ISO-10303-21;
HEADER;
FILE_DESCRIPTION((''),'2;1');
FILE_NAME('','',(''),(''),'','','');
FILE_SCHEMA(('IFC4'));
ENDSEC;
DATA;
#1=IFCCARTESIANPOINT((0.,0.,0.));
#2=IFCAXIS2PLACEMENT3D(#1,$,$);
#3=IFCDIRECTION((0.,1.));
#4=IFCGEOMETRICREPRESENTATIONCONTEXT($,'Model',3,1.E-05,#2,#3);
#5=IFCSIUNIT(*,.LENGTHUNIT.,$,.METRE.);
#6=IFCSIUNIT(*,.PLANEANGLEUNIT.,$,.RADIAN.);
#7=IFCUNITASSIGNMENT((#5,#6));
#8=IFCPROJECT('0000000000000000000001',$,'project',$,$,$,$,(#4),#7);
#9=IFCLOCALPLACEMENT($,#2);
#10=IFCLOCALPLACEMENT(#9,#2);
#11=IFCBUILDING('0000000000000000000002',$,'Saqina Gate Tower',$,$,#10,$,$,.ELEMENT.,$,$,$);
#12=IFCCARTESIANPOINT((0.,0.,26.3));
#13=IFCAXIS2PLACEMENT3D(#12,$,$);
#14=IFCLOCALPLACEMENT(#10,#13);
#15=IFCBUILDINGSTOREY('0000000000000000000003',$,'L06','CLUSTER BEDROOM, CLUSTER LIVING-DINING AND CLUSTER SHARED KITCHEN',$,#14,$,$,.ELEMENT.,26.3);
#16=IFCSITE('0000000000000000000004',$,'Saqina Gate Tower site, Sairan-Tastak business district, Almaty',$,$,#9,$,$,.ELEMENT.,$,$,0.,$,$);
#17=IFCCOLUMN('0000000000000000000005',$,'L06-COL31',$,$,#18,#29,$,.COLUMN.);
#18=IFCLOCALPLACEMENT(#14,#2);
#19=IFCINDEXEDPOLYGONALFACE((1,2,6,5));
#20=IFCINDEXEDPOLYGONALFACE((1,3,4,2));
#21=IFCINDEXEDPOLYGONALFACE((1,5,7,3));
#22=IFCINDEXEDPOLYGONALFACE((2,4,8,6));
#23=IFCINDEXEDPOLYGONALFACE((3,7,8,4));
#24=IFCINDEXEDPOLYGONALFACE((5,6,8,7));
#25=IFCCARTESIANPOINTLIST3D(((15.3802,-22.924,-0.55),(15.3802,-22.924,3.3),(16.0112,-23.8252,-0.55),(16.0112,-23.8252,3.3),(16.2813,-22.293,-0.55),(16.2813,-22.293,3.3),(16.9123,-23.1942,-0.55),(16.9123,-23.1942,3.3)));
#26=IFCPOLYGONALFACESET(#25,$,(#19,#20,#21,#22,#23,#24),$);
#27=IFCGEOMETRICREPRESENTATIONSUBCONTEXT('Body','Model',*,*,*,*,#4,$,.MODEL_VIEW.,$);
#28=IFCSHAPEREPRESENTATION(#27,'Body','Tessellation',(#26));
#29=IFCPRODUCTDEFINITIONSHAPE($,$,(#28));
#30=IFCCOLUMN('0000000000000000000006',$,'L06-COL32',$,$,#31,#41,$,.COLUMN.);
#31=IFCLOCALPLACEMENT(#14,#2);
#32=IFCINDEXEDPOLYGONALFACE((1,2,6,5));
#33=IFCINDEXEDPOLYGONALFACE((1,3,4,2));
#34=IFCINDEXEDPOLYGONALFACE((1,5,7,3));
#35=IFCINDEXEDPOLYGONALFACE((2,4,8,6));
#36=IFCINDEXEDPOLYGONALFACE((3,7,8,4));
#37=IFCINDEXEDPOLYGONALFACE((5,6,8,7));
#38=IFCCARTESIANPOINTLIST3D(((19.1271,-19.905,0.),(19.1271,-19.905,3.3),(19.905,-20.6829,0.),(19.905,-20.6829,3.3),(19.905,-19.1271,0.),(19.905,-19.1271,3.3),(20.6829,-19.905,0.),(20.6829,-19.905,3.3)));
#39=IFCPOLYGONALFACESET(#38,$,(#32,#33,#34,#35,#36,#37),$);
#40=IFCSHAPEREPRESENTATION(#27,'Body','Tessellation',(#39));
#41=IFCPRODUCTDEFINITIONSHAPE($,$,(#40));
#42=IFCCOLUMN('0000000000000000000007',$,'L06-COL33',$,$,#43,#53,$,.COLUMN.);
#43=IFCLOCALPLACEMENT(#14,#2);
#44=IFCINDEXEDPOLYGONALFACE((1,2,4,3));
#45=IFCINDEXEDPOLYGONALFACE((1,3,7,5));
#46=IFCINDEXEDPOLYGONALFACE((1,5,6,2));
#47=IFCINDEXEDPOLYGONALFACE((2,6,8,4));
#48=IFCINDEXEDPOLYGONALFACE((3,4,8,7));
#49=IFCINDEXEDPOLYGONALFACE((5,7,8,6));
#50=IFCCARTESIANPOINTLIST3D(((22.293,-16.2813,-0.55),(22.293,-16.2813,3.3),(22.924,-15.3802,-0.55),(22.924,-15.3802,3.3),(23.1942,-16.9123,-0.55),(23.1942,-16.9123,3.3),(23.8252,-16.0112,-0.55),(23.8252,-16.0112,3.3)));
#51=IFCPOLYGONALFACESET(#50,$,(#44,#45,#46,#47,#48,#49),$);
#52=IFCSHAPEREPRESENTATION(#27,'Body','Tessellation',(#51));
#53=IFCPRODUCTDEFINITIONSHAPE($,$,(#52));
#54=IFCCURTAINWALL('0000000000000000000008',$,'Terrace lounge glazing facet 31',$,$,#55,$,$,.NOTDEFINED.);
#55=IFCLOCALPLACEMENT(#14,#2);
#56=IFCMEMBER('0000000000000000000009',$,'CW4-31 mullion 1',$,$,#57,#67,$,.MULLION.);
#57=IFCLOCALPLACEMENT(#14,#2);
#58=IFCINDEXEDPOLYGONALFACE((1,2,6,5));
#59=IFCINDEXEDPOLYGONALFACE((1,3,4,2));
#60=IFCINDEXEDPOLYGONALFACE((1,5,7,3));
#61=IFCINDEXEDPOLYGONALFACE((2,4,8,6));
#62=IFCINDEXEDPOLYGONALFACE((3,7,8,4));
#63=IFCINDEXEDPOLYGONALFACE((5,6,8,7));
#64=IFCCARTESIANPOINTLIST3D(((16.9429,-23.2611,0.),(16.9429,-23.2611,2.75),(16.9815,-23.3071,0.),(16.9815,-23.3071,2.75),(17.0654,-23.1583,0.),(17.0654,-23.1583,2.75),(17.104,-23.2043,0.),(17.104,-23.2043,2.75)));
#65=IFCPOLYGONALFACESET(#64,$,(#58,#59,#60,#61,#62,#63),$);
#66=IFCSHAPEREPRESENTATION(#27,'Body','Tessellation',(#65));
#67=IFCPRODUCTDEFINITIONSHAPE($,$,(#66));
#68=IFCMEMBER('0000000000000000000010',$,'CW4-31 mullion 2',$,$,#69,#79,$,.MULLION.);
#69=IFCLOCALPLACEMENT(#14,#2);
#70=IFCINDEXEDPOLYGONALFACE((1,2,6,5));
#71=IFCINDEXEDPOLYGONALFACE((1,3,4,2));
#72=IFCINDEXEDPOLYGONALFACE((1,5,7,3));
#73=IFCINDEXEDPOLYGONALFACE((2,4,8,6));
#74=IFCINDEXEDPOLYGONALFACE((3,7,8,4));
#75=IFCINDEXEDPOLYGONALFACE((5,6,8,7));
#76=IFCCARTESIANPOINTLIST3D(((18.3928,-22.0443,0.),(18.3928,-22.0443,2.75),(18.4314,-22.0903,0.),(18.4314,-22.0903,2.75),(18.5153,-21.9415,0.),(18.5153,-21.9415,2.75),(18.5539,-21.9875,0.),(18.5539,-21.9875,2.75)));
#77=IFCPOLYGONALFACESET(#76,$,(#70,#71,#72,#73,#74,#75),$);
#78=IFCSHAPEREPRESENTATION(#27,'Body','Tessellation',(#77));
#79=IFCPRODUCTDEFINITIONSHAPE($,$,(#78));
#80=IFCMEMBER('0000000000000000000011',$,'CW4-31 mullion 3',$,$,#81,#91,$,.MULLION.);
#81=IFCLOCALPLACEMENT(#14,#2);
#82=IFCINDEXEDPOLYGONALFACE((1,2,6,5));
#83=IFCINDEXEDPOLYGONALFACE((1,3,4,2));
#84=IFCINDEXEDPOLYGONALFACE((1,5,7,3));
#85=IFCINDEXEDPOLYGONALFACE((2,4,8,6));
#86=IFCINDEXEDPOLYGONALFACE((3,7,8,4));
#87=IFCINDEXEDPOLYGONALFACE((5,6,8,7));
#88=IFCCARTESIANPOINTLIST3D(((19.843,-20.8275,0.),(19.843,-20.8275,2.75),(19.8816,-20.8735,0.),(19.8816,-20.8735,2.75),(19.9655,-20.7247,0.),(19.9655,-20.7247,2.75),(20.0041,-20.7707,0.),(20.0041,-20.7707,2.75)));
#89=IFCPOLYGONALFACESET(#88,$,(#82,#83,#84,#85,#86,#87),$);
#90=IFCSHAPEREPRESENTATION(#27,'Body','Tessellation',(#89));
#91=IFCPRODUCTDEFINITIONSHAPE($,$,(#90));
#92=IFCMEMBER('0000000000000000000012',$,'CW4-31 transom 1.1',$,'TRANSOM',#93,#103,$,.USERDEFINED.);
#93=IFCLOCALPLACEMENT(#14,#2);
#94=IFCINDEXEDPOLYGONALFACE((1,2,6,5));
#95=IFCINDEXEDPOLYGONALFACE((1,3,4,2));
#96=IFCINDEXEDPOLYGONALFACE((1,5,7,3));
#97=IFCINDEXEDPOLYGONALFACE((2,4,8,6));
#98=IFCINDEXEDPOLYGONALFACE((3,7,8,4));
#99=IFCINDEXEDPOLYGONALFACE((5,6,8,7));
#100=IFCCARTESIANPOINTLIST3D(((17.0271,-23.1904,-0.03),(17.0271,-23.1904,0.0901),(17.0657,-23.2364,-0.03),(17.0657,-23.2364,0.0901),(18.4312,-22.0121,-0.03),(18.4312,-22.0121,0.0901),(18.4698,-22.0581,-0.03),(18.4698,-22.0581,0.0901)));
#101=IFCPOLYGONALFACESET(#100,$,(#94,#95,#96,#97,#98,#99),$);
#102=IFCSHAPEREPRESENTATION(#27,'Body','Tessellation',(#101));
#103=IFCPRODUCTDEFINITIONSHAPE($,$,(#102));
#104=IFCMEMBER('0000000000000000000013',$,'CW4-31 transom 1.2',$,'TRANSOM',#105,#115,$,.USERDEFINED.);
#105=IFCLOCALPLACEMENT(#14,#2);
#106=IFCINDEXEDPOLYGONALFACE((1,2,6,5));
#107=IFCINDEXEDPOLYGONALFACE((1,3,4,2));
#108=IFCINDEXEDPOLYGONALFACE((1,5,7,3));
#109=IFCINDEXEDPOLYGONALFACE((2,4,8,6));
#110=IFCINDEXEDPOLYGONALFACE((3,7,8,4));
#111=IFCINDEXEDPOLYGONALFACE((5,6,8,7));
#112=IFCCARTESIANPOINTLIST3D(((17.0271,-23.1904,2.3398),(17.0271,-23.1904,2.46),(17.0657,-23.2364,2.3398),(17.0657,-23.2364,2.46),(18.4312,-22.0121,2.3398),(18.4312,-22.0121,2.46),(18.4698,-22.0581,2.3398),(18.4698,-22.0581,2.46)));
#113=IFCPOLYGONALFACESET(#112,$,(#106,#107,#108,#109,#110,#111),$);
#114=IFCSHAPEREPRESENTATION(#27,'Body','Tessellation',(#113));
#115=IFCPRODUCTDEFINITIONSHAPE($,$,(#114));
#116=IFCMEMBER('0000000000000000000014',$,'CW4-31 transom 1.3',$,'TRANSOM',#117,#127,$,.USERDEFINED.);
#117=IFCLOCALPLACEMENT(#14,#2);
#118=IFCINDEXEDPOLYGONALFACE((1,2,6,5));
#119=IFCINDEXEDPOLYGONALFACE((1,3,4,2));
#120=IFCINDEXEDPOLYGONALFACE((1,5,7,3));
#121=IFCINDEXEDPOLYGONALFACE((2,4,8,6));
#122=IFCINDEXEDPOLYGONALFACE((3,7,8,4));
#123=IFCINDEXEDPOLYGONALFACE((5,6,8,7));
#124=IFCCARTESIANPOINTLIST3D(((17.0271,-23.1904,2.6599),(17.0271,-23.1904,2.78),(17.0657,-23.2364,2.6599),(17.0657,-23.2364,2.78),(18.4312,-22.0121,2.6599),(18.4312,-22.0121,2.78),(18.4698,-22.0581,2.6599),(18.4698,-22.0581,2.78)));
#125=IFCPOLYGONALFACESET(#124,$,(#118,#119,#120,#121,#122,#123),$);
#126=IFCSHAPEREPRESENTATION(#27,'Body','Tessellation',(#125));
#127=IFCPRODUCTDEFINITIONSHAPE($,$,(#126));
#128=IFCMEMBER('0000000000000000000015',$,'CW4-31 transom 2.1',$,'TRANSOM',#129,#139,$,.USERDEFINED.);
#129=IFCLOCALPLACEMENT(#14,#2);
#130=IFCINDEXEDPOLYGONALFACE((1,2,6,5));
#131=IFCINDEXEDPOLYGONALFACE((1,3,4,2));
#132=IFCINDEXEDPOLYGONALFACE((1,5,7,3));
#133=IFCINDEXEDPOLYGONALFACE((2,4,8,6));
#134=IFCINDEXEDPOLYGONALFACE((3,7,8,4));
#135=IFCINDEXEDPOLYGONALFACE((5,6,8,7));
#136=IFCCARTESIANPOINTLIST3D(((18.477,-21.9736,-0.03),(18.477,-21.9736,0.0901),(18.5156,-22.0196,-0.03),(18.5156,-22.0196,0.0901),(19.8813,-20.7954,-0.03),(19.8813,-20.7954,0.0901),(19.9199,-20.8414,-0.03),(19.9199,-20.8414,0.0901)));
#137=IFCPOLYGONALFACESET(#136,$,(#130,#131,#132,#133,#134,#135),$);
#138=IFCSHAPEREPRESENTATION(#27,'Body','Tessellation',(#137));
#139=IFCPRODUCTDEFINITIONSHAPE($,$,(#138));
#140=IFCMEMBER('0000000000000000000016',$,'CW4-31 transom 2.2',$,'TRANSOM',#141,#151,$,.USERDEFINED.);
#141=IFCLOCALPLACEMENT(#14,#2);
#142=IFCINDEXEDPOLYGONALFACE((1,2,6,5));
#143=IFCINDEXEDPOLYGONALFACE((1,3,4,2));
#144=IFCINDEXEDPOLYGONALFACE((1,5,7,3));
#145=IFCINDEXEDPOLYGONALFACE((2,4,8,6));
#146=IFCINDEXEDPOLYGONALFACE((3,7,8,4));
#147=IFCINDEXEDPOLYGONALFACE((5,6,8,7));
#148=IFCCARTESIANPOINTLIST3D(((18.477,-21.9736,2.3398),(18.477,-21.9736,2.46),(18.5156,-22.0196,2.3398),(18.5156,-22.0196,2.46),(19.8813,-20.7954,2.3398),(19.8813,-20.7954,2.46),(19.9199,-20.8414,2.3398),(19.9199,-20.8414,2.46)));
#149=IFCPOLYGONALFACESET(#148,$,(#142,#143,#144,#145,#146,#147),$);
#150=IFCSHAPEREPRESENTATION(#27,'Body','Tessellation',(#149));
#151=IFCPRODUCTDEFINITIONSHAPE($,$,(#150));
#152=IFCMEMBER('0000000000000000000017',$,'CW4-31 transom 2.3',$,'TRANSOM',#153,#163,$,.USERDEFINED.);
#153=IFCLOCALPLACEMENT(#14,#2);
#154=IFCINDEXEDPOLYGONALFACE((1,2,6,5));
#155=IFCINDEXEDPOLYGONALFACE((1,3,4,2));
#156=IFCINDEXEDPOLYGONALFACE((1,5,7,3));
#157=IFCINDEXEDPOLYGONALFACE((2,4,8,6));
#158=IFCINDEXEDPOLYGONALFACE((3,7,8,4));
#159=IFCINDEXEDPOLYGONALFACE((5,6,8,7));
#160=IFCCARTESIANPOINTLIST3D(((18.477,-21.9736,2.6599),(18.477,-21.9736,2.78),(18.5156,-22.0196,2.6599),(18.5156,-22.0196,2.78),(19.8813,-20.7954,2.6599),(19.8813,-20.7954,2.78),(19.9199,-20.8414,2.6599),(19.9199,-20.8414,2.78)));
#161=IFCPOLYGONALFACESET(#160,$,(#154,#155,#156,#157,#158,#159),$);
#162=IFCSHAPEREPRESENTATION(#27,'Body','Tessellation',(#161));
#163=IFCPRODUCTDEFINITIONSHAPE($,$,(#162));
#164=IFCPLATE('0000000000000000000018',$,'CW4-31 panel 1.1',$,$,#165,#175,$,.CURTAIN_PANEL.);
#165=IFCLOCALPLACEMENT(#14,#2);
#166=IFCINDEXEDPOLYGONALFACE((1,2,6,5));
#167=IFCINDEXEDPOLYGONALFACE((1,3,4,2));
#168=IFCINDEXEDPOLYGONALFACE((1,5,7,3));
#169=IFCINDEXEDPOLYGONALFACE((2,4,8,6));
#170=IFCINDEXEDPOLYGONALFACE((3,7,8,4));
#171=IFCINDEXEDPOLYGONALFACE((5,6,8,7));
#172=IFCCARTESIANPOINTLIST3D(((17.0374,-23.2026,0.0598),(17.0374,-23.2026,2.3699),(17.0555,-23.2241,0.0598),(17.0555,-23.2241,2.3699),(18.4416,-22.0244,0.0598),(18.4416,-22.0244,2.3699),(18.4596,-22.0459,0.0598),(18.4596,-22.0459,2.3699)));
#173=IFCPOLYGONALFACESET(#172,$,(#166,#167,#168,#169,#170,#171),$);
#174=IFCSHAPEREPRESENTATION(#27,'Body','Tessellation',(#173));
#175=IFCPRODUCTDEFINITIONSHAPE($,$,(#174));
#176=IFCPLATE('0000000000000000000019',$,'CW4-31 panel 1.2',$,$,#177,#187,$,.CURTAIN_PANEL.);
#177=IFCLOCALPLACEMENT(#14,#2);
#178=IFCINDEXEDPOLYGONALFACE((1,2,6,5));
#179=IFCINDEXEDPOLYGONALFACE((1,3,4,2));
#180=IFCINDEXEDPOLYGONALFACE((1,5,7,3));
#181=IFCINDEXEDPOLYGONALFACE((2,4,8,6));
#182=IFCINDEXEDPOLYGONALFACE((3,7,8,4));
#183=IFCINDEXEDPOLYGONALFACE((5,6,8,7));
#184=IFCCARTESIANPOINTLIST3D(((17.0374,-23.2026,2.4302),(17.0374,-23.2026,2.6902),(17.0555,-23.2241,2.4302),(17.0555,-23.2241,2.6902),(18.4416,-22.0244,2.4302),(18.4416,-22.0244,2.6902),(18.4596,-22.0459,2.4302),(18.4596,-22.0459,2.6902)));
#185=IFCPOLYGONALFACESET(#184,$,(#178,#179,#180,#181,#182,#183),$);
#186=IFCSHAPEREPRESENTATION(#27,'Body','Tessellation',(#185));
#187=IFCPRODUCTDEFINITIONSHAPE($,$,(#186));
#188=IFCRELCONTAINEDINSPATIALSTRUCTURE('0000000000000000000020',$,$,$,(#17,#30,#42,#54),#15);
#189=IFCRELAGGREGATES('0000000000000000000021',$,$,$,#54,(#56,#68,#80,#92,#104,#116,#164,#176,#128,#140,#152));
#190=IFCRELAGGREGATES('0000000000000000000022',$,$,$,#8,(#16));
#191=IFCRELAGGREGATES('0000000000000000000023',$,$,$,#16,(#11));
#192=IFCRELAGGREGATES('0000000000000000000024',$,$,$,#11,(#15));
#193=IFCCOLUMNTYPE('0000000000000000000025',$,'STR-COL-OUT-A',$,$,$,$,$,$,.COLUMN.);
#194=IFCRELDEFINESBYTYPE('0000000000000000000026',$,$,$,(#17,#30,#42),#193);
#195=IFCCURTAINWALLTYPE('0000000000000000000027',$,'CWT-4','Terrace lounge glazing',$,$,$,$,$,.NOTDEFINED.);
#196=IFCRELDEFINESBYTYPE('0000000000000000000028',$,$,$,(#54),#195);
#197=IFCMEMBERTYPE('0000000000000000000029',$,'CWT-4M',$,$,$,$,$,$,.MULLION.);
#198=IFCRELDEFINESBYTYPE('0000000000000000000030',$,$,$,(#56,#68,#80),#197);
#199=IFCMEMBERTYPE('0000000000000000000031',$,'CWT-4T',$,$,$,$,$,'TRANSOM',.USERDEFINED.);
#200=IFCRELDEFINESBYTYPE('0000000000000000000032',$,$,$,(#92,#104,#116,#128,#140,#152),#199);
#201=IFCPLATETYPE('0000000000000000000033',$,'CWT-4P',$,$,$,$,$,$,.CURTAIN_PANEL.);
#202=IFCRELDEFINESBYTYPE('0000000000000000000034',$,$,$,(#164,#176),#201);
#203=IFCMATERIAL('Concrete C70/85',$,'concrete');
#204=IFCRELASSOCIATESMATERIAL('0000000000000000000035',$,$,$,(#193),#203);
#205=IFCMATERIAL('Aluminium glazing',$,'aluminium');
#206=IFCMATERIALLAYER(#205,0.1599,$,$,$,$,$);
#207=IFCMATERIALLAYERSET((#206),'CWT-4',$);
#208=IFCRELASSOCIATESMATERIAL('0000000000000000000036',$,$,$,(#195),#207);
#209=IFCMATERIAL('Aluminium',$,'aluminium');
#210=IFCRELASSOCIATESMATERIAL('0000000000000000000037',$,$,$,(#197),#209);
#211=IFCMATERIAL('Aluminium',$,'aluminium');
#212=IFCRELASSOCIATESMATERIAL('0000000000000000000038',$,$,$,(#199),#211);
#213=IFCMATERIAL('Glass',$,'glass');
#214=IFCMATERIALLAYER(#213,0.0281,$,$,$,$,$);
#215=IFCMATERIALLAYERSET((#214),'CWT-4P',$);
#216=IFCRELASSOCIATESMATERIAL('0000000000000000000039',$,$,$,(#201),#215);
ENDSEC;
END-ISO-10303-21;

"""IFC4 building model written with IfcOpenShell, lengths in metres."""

from ifc_helpers import new_model, si_unit, direction, frame, origin, origin_2d, place, context, subcontext, project, spatial, rectangle, extrude, material, layer, layer_set, material_profile, profile_set, type_object, element, aggregate, save


model = new_model("IFC4")

# Units and contexts
model_context = context("Model", 3, precision=1e-05, world=origin(), true_north=direction((0.0, 1.0)))
body_context = subcontext(model_context, "Body", "Model", "MODEL_VIEW")
ifc_project = project(units=[si_unit("LENGTHUNIT", "METRE"), si_unit("PLANEANGLEUNIT", "RADIAN")], contexts=[model_context])

# Site, building, storey
site_placement = place(None, origin())
site = spatial("IfcSite", under=ifc_project, at=site_placement, Name="Saqina Gate Tower site, Sairan-Tastak business district, Almaty", CompositionType="ELEMENT", RefElevation=0.0)
building_placement = place(site_placement, origin())
building = spatial("IfcBuilding", under=site, at=building_placement, Name="Saqina Gate Tower", CompositionType="ELEMENT")
storey_placement = place(building_placement, frame((0.0, 0.0, 26.3)))
storey = spatial("IfcBuildingStorey", under=building, at=storey_placement, Name="L06", Description="CLUSTER BEDROOM, CLUSTER LIVING-DINING AND CLUSTER SHARED KITCHEN", CompositionType="ELEMENT", Elevation=26.3)

# Columns
ifc_material_1 = material(Name="Concrete C70/85", Category="concrete")
ifc_material_profile_1 = material_profile(ifc_material_1, rectangle(XDim=1.1001, YDim=1.1001, at=origin_2d()), Name="RC 1100x1100")
ifc_profile_set_1 = profile_set([ifc_material_profile_1], Name="Concrete C70/85")
column_type = type_object("IfcColumnType", Name="STR-COL-OUT-A", PredefinedType="COLUMN", material=ifc_profile_set_1)
column_1_placement = place(storey_placement, frame((16.1462, -23.0591, -0.55), z_axis=(0.0, 0.0, 1.0), x_axis=(0.573576, -0.819152, 0.0)))
element("IfcColumn", 1, at=column_1_placement, inside=storey, type_object=column_type, Name="L06-COL31", PredefinedType="COLUMN", context=body_context, shape_type="SweptSolid", body=[
    extrude(rectangle(XDim=1.1001, YDim=1.1001, at=origin_2d()), origin(), (0.0, 0.0, 1.0), 3.8501),
])
column_2_placement = place(storey_placement, frame((19.905, -19.905, 0.0), z_axis=(0.0, 0.0, 1.0), x_axis=(0.707107, -0.707107, 0.0)))
element("IfcColumn", 2, at=column_2_placement, inside=storey, type_object=column_type, Name="L06-COL32", PredefinedType="COLUMN", context=body_context, shape_type="SweptSolid", body=[
    extrude(rectangle(XDim=1.1001, YDim=1.1001, at=origin_2d()), origin(), (0.0, 0.0, 1.0), 3.3),
])
column_3_placement = place(storey_placement, frame((23.0591, -16.1462, -0.55), z_axis=(0.0, 0.0, 1.0), x_axis=(0.819152, -0.573576, 0.0)))
element("IfcColumn", 3, at=column_3_placement, inside=storey, type_object=column_type, Name="L06-COL33", PredefinedType="COLUMN", context=body_context, shape_type="SweptSolid", body=[
    extrude(rectangle(XDim=1.1001, YDim=1.1001, at=origin_2d()), origin(), (0.0, 0.0, 1.0), 3.8501),
])

# Curtain wall, members, plates
ifc_material_2 = material(Name="Aluminium glazing", Category="aluminium")
ifc_layer_1 = layer(ifc_material_2, 0.1599)
ifc_layer_set_1 = layer_set([ifc_layer_1], Name="CWT-4")
curtain_wall_type = type_object("IfcCurtainWallType", Name="CWT-4", Description="Terrace lounge glazing", PredefinedType="NOTDEFINED", material=ifc_layer_set_1)
curtain_wall_placement = place(storey_placement, origin())
curtain_wall = element("IfcCurtainWall", 4, at=curtain_wall_placement, inside=storey, type_object=curtain_wall_type, Name="Terrace lounge glazing facet 31", PredefinedType="NOTDEFINED")
ifc_material_3 = material(Name="Aluminium", Category="aluminium")
ifc_material_profile_2 = material_profile(ifc_material_3, rectangle(XDim=0.0601, YDim=0.1599, at=origin_2d()), Name="Aluminium 60x160")
ifc_profile_set_2 = profile_set([ifc_material_profile_2], Name="Aluminium")
member_type_1 = type_object("IfcMemberType", Name="CWT-4M", PredefinedType="MULLION", material=ifc_profile_set_2)
member_1_placement = place(storey_placement, frame((17.0234, -23.2327, 0.0), z_axis=(0.0, 0.0, 1.0), x_axis=(-0.642792, 0.766041, 0.0)))
member_1 = element("IfcMember", 5, at=member_1_placement, type_object=member_type_1, Name="CW4-31 mullion 1", PredefinedType="MULLION", context=body_context, shape_type="SweptSolid", body=[
    extrude(rectangle(XDim=0.0601, YDim=0.1599, at=origin_2d()), origin(), (0.0, 0.0, 1.0), 2.75),
])
member_2_placement = place(storey_placement, frame((18.4734, -22.0159, 0.0), z_axis=(0.0, 0.0, 1.0), x_axis=(-0.642792, 0.766041, 0.0)))
member_2 = element("IfcMember", 6, at=member_2_placement, type_object=member_type_1, Name="CW4-31 mullion 2", PredefinedType="MULLION", context=body_context, shape_type="SweptSolid", body=[
    extrude(rectangle(XDim=0.0601, YDim=0.1599, at=origin_2d()), origin(), (0.0, 0.0, 1.0), 2.75),
])
member_3_placement = place(storey_placement, frame((19.9236, -20.7991, 0.0), z_axis=(0.0, 0.0, 1.0), x_axis=(-0.642792, 0.766041, 0.0)))
member_3 = element("IfcMember", 7, at=member_3_placement, type_object=member_type_1, Name="CW4-31 mullion 3", PredefinedType="MULLION", context=body_context, shape_type="SweptSolid", body=[
    extrude(rectangle(XDim=0.0601, YDim=0.1599, at=origin_2d()), origin(), (0.0, 0.0, 1.0), 2.75),
])
ifc_material_4 = material(Name="Aluminium", Category="aluminium")
ifc_material_profile_3 = material_profile(ifc_material_4, rectangle(XDim=0.0601, YDim=0.1201, at=origin_2d()), Name="Aluminium 60x120")
ifc_profile_set_3 = profile_set([ifc_material_profile_3], Name="Aluminium")
member_type_2 = type_object("IfcMemberType", Name="CWT-4T", ElementType="TRANSOM", PredefinedType="USERDEFINED", material=ifc_profile_set_3)
member_4_placement = place(storey_placement, frame((17.0464, -23.2134, 0.03), z_axis=(0.766022, 0.642814, 0.0), x_axis=(-0.642814, 0.766022, 0.0)))
member_4 = element("IfcMember", 8, at=member_4_placement, type_object=member_type_2, Name="CW4-31 transom 1.1", ObjectType="TRANSOM", PredefinedType="USERDEFINED", context=body_context, shape_type="SweptSolid", body=[
    extrude(rectangle(XDim=0.0601, YDim=0.1201, at=origin_2d()), origin(), (0.0, 0.0, 1.0), 1.833),
])
member_5_placement = place(storey_placement, frame((17.0464, -23.2134, 2.3999), z_axis=(0.766022, 0.642814, 0.0), x_axis=(-0.642814, 0.766022, 0.0)))
member_5 = element("IfcMember", 9, at=member_5_placement, type_object=member_type_2, Name="CW4-31 transom 1.2", ObjectType="TRANSOM", PredefinedType="USERDEFINED", context=body_context, shape_type="SweptSolid", body=[
    extrude(rectangle(XDim=0.0601, YDim=0.1201, at=origin_2d()), origin(), (0.0, 0.0, 1.0), 1.833),
])
member_6_placement = place(storey_placement, frame((17.0464, -23.2134, 2.72), z_axis=(0.766022, 0.642814, 0.0), x_axis=(-0.642814, 0.766022, 0.0)))
member_6 = element("IfcMember", 10, at=member_6_placement, type_object=member_type_2, Name="CW4-31 transom 1.3", ObjectType="TRANSOM", PredefinedType="USERDEFINED", context=body_context, shape_type="SweptSolid", body=[
    extrude(rectangle(XDim=0.0601, YDim=0.1201, at=origin_2d()), origin(), (0.0, 0.0, 1.0), 1.833),
])
member_7_placement = place(storey_placement, frame((18.4963, -21.9966, 0.03), z_axis=(0.766077, 0.642748, 0.0), x_axis=(-0.642748, 0.766077, 0.0)))
member_7 = element("IfcMember", 11, at=member_7_placement, type_object=member_type_2, Name="CW4-31 transom 2.1", ObjectType="TRANSOM", PredefinedType="USERDEFINED", context=body_context, shape_type="SweptSolid", body=[
    extrude(rectangle(XDim=0.0601, YDim=0.1201, at=origin_2d()), origin(), (0.0, 0.0, 1.0), 1.833),
])
member_8_placement = place(storey_placement, frame((18.4963, -21.9966, 2.3999), z_axis=(0.766077, 0.642748, 0.0), x_axis=(-0.642748, 0.766077, 0.0)))
member_8 = element("IfcMember", 12, at=member_8_placement, type_object=member_type_2, Name="CW4-31 transom 2.2", ObjectType="TRANSOM", PredefinedType="USERDEFINED", context=body_context, shape_type="SweptSolid", body=[
    extrude(rectangle(XDim=0.0601, YDim=0.1201, at=origin_2d()), origin(), (0.0, 0.0, 1.0), 1.833),
])
member_9_placement = place(storey_placement, frame((18.4963, -21.9966, 2.72), z_axis=(0.766077, 0.642748, 0.0), x_axis=(-0.642748, 0.766077, 0.0)))
member_9 = element("IfcMember", 13, at=member_9_placement, type_object=member_type_2, Name="CW4-31 transom 2.3", ObjectType="TRANSOM", PredefinedType="USERDEFINED", context=body_context, shape_type="SweptSolid", body=[
    extrude(rectangle(XDim=0.0601, YDim=0.1201, at=origin_2d()), origin(), (0.0, 0.0, 1.0), 1.833),
])
ifc_material_5 = material(Name="Glass", Category="glass")
ifc_layer_2 = layer(ifc_material_5, 0.0281)
ifc_layer_set_2 = layer_set([ifc_layer_2], Name="CWT-4P")
plate_type = type_object("IfcPlateType", Name="CWT-4P", PredefinedType="CURTAIN_PANEL", material=ifc_layer_set_2)
plate_1_placement = place(storey_placement, frame((17.7485, -22.6243, 0.0598), z_axis=(0.0, 0.0, 1.0), x_axis=(0.766041, 0.642792, 0.0)))
plate_1 = element("IfcPlate", 14, at=plate_1_placement, type_object=plate_type, Name="CW4-31 panel 1.1", PredefinedType="CURTAIN_PANEL", context=body_context, shape_type="SweptSolid", body=[
    extrude(rectangle(XDim=1.833, YDim=0.0281, at=origin_2d()), origin(), (0.0, 0.0, 1.0), 2.3101),
])
plate_2_placement = place(storey_placement, frame((17.7485, -22.6243, 2.4302), z_axis=(0.0, 0.0, 1.0), x_axis=(0.766041, 0.642792, 0.0)))
plate_2 = element("IfcPlate", 15, at=plate_2_placement, type_object=plate_type, Name="CW4-31 panel 1.2", PredefinedType="CURTAIN_PANEL", context=body_context, shape_type="SweptSolid", body=[
    extrude(rectangle(XDim=1.833, YDim=0.0281, at=origin_2d()), origin(), (0.0, 0.0, 1.0), 0.26),
])
aggregate(curtain_wall, [member_1, member_2, member_3, member_4, member_5, member_6, plate_1, plate_2, member_7, member_8, member_9])

save(model, "model.ifc")
